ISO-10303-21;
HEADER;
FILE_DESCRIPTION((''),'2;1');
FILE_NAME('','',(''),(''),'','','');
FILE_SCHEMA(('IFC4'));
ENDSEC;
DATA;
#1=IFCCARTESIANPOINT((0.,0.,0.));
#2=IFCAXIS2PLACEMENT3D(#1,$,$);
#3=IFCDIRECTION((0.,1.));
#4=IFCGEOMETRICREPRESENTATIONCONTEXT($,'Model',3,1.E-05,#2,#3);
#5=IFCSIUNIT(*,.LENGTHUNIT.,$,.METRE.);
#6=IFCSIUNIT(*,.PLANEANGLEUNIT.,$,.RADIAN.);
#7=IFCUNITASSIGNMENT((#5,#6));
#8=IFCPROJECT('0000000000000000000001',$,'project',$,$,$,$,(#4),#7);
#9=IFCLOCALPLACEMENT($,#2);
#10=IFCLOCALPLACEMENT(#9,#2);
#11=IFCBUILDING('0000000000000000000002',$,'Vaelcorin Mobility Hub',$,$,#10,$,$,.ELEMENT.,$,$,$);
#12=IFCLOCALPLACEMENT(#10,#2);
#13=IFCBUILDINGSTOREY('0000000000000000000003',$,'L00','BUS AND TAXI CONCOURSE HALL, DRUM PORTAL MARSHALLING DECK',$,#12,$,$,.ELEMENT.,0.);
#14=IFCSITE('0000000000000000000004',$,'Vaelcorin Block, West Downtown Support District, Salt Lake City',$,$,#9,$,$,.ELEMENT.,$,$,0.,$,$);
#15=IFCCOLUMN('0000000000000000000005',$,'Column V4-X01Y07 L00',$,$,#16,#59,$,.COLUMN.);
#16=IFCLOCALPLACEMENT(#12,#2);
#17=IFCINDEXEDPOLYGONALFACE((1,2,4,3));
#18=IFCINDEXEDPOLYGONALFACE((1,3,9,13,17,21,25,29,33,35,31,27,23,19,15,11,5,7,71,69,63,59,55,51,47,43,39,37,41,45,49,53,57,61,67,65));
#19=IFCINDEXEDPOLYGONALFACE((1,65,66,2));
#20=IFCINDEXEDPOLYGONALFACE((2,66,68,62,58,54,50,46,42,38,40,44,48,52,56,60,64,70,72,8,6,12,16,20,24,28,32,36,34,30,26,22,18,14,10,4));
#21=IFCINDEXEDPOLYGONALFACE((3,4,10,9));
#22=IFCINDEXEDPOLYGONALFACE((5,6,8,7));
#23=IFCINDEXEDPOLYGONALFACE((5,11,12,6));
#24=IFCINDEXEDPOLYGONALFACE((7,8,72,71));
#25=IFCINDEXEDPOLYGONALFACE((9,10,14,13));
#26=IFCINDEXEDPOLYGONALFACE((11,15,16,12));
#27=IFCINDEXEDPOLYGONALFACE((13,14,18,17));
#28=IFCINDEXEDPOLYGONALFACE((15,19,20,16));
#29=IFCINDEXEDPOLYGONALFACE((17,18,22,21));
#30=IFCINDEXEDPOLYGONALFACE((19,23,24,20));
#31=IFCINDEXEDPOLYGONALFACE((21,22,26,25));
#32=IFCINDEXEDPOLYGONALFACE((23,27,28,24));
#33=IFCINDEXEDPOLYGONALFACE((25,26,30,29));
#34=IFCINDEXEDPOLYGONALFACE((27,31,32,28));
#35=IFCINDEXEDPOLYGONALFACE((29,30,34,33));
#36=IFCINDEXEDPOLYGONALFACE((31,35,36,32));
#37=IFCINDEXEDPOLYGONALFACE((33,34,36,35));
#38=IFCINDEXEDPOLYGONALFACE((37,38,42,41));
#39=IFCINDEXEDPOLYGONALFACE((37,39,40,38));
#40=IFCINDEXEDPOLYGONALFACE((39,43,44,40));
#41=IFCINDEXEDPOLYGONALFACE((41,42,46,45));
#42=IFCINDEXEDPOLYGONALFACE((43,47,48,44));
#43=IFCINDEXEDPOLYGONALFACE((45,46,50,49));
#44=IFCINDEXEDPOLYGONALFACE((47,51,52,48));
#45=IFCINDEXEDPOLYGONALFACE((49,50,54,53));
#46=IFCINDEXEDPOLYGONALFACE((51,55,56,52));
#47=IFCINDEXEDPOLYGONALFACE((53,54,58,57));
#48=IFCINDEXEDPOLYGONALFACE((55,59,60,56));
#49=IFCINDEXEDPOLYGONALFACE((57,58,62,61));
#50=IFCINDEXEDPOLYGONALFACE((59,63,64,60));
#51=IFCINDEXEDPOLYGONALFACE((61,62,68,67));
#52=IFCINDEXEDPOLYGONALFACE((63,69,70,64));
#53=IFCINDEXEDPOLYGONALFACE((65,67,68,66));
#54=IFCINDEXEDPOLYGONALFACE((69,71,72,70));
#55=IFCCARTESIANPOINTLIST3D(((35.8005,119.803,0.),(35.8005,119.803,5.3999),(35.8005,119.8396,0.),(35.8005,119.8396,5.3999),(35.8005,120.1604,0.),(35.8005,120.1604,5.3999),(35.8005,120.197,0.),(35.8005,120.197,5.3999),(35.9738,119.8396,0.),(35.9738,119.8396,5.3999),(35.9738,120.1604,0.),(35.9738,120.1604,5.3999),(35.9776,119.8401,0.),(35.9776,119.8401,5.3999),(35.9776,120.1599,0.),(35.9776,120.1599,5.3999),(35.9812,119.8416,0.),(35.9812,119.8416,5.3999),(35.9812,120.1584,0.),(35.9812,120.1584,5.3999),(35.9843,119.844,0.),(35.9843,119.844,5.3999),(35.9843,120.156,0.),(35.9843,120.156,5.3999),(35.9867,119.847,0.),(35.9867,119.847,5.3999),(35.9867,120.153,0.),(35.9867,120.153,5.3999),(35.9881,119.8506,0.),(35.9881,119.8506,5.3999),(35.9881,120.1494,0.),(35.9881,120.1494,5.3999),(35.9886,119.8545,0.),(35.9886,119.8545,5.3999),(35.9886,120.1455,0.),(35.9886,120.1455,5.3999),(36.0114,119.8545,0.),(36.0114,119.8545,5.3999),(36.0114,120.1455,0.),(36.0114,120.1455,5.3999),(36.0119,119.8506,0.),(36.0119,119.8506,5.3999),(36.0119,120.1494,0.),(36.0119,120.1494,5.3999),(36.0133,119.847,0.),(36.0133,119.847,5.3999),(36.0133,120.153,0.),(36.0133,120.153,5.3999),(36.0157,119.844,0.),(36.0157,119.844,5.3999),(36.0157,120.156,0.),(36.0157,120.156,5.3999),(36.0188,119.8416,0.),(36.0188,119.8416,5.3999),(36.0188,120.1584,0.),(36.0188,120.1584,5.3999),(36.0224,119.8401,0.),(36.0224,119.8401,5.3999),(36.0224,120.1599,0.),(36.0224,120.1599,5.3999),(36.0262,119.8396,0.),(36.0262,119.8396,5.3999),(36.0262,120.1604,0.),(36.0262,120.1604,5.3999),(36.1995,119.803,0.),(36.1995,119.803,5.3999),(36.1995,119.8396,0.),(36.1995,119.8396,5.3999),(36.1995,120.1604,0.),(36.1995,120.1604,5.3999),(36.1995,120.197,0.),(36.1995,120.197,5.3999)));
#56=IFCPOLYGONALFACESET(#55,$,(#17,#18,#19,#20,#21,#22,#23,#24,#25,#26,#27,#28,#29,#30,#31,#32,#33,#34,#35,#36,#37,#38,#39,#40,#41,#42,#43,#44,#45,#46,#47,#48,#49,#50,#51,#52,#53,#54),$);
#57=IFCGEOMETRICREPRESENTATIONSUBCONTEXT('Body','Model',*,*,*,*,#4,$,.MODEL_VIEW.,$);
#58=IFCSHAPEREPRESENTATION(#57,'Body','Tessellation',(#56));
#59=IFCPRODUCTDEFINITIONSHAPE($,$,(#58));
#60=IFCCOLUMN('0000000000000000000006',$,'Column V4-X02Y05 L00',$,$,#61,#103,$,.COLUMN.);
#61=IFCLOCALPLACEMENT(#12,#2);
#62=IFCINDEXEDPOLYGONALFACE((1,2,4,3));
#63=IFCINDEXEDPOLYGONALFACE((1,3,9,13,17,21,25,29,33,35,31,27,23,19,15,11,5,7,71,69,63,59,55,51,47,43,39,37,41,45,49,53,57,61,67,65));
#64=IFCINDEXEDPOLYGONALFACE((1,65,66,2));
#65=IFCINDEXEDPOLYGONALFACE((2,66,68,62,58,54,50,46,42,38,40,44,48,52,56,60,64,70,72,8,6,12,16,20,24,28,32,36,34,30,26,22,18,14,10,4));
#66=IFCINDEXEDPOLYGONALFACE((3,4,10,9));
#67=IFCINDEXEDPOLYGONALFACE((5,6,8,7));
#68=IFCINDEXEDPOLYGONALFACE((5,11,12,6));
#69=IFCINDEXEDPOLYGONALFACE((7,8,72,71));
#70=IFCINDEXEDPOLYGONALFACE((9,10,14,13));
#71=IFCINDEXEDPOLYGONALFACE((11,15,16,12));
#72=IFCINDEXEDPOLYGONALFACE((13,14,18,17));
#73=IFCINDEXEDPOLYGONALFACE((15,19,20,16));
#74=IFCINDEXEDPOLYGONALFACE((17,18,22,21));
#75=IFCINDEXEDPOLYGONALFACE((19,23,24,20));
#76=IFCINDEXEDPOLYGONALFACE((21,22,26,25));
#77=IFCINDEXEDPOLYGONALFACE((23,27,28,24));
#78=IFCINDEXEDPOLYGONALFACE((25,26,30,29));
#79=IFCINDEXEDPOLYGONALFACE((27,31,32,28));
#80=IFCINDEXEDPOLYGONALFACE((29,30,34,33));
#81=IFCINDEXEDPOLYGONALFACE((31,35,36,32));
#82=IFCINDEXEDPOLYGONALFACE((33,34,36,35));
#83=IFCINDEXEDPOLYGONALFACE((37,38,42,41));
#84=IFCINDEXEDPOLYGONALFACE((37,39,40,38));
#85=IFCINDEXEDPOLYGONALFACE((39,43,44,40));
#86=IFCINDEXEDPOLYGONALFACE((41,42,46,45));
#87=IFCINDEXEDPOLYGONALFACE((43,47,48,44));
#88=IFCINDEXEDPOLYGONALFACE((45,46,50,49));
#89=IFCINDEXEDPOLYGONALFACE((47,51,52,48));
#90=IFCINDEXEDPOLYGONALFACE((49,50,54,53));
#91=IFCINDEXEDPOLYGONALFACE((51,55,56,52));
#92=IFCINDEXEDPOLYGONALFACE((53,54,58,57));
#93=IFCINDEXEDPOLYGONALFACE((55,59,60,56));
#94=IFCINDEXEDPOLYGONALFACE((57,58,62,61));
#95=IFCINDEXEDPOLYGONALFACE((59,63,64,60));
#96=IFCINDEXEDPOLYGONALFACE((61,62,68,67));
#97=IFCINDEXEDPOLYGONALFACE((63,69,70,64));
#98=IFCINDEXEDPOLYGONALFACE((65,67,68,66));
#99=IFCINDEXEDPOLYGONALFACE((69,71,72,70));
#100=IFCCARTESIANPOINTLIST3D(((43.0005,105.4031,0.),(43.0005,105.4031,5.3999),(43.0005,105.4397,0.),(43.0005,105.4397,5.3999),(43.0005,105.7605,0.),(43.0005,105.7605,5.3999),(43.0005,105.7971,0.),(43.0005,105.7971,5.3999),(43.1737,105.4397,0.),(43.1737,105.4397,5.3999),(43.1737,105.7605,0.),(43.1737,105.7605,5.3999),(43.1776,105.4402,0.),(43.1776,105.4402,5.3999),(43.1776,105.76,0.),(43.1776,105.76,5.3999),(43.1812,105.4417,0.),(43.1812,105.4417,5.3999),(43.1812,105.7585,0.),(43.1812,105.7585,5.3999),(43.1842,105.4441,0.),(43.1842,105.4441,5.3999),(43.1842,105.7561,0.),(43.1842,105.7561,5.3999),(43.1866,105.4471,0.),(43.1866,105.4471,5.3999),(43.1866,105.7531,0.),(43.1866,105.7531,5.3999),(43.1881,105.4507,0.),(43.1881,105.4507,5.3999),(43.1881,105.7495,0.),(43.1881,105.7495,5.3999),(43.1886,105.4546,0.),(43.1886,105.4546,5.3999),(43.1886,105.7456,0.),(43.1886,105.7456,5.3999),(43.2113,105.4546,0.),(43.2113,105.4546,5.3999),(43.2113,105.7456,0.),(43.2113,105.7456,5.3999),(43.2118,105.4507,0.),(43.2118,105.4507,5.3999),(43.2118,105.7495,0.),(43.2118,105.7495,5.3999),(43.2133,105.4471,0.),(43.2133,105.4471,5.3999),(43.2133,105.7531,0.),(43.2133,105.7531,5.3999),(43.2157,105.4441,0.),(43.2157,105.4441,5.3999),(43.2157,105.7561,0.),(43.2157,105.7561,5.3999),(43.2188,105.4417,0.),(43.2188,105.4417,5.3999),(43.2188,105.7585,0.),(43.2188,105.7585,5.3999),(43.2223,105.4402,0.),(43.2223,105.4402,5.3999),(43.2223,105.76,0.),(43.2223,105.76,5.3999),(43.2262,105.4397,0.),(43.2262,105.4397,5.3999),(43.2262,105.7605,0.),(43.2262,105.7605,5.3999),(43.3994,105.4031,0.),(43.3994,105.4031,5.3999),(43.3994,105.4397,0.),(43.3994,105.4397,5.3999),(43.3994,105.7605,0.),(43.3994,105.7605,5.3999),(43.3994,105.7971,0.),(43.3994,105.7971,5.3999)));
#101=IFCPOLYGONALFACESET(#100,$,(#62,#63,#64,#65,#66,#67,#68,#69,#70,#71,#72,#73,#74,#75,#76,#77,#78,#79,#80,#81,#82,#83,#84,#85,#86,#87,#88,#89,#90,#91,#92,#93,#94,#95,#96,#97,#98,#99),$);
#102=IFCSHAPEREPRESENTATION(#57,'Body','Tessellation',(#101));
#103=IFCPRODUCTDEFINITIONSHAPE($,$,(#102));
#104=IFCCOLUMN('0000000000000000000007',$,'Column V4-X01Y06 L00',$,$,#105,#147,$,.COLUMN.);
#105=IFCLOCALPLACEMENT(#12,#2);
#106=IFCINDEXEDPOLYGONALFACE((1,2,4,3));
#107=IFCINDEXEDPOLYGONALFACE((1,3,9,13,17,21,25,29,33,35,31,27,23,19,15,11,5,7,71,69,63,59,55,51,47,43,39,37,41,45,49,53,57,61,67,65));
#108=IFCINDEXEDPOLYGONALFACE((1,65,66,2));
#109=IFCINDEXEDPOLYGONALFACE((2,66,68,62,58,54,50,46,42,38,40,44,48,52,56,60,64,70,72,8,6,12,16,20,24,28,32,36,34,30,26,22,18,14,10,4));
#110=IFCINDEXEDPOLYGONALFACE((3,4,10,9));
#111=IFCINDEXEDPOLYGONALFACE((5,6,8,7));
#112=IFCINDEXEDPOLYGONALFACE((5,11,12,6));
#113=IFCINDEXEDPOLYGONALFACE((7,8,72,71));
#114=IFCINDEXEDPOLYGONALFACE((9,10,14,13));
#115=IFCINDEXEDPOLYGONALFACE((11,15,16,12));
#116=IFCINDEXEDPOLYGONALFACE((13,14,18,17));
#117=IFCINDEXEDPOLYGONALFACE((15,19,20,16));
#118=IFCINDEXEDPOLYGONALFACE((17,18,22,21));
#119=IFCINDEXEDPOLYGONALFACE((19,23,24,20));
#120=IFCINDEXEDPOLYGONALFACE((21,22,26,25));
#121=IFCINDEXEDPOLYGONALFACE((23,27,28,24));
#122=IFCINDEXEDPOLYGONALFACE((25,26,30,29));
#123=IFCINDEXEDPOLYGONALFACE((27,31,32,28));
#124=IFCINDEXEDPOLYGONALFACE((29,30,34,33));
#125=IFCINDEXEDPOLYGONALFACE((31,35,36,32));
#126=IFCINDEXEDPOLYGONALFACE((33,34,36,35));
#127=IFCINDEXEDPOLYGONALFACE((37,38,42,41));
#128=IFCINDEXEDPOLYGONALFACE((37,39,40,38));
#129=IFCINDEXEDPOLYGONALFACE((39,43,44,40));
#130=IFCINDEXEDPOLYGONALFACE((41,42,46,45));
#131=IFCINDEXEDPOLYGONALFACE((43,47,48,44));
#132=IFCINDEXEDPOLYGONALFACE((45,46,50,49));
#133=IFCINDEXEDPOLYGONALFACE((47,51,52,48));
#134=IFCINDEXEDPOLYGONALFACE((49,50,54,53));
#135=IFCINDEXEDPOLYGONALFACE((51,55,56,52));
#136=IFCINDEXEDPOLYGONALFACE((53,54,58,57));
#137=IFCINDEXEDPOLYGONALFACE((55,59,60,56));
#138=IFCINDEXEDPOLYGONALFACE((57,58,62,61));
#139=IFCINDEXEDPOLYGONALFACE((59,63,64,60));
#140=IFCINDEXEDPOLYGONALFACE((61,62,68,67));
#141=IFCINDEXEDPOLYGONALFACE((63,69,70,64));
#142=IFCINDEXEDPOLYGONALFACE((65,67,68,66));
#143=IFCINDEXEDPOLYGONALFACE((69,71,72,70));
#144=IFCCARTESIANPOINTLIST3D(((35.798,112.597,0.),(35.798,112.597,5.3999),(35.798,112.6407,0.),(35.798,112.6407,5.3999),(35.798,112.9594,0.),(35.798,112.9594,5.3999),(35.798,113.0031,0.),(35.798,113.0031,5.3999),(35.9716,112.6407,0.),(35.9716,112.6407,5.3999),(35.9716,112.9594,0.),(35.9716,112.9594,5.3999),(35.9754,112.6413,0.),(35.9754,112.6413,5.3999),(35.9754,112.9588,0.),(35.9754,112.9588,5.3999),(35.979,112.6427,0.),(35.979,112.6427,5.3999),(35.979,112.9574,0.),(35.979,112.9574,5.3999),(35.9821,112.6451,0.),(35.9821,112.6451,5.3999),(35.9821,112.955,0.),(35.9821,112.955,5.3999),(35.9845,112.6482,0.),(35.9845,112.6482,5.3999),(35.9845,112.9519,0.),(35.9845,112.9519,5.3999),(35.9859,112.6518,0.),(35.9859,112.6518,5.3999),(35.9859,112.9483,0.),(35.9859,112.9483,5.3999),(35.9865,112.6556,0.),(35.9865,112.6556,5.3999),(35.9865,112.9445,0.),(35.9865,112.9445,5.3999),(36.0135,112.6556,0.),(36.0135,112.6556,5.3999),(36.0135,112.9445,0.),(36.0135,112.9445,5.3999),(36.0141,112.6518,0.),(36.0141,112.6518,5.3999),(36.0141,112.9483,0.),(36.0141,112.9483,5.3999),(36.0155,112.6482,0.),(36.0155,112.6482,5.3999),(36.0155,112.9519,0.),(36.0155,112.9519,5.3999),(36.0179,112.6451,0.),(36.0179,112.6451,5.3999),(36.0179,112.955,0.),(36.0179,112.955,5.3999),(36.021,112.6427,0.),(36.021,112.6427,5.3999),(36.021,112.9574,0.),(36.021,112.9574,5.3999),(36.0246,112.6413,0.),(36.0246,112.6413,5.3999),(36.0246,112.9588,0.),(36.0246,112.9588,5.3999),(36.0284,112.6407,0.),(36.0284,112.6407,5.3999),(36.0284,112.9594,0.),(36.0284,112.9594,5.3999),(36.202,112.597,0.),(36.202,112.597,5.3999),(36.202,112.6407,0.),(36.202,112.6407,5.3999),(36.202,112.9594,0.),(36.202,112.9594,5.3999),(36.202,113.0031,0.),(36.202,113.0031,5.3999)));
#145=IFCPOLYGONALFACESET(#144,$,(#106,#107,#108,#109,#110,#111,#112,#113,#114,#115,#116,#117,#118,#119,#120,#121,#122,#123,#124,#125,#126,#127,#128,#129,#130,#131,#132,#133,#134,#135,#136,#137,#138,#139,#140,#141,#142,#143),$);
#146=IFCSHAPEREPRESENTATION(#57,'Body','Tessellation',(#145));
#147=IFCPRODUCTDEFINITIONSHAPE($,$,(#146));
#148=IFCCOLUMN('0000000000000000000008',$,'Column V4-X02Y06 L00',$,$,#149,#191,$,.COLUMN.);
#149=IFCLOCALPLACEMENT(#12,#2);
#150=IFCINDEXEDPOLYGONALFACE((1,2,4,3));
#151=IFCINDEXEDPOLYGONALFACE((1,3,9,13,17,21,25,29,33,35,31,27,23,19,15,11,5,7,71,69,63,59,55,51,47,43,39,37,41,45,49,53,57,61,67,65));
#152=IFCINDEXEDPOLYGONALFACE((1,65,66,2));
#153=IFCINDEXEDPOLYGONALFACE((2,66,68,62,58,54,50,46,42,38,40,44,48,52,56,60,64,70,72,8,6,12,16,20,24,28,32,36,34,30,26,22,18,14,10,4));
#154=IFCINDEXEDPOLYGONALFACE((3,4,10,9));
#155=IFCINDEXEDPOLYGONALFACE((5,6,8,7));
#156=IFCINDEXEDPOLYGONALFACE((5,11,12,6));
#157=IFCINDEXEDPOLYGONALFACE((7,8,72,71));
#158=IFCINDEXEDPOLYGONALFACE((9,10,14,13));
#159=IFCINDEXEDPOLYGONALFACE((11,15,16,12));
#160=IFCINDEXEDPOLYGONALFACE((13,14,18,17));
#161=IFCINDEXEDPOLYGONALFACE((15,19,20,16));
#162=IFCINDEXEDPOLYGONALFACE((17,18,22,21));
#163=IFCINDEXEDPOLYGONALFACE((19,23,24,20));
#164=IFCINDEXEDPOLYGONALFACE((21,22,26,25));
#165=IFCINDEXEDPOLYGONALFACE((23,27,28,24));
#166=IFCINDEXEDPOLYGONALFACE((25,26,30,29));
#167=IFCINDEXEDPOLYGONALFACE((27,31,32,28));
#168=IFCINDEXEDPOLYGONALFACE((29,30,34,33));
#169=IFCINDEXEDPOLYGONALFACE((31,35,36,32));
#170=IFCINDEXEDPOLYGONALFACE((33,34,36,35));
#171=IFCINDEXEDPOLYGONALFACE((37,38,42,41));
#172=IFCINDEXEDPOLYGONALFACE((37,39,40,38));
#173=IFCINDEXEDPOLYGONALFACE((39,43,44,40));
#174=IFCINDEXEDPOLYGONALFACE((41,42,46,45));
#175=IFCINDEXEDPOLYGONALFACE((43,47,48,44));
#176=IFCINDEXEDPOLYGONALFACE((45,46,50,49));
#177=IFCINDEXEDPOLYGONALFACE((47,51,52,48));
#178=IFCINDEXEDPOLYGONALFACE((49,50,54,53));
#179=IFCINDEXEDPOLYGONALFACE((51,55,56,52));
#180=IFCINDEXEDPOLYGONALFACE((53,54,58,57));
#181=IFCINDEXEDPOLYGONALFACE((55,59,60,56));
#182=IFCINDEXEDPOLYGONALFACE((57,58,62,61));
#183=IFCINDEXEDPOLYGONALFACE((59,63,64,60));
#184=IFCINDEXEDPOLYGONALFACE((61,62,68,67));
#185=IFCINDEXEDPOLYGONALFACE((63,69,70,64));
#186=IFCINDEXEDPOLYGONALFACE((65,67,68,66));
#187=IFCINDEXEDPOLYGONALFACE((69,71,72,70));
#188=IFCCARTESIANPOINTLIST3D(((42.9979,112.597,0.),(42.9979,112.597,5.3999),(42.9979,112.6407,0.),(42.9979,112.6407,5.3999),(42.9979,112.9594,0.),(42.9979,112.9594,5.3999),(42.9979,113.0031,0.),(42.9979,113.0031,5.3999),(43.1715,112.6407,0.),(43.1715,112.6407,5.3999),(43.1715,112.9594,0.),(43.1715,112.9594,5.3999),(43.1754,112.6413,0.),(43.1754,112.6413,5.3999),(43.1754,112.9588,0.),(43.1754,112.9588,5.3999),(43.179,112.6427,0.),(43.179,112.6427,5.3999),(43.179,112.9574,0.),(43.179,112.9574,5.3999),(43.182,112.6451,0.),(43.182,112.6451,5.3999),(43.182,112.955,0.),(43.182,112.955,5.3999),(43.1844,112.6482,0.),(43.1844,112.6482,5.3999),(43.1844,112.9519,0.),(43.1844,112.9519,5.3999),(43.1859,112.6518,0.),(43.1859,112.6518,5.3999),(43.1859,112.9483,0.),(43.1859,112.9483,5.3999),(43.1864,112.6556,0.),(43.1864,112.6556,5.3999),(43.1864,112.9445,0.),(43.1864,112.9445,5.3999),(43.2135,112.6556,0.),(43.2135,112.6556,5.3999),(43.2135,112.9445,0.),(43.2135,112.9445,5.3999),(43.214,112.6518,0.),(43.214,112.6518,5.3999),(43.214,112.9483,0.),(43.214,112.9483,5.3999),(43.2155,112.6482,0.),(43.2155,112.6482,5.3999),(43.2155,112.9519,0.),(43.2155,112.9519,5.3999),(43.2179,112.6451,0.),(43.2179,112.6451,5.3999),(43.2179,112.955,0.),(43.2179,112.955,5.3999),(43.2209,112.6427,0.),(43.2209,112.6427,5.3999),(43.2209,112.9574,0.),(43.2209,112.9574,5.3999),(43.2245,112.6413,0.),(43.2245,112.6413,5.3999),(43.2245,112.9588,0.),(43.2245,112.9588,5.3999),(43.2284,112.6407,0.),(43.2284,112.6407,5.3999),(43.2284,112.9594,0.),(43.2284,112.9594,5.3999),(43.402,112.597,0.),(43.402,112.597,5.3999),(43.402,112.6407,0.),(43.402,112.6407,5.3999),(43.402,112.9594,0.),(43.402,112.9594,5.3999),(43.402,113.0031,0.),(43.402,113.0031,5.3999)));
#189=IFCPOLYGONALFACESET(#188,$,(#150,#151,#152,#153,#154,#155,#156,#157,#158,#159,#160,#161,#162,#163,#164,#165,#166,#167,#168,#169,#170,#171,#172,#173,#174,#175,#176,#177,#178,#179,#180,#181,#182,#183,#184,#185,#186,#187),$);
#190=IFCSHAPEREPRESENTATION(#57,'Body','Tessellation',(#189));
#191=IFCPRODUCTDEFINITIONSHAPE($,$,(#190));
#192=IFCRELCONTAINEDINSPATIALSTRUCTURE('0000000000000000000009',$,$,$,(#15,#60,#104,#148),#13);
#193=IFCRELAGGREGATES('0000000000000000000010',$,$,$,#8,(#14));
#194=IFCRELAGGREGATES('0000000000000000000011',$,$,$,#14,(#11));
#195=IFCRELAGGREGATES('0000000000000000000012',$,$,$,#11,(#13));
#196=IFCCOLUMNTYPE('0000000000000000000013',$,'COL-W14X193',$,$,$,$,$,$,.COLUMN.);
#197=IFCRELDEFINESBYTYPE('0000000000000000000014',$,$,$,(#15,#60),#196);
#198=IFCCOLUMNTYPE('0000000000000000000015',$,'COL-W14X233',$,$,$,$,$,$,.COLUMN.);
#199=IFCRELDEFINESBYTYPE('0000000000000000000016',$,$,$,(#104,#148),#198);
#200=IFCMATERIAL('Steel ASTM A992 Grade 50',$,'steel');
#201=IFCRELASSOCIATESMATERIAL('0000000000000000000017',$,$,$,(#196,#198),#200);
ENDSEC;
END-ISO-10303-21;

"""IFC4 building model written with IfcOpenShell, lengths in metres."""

from ifc_helpers import new_model, si_unit, direction, frame, origin, origin_2d, place, context, subcontext, project, spatial, i_section, extrude, material, material_profile, profile_set, type_object, element, save


model = new_model("IFC4")

# Units and contexts
model_context = context("Model", 3, precision=1e-05, world=origin(), true_north=direction((0.0, 1.0)))
body_context = subcontext(model_context, "Body", "Model", "MODEL_VIEW")
ifc_project = project(units=[si_unit("LENGTHUNIT", "METRE"), si_unit("PLANEANGLEUNIT", "RADIAN")], contexts=[model_context])

# Site, building, storey
site_placement = place(None, origin())
site = spatial("IfcSite", under=ifc_project, at=site_placement, Name="Vaelcorin Block, West Downtown Support District, Salt Lake City", CompositionType="ELEMENT", RefElevation=0.0)
building_placement = place(site_placement, origin())
building = spatial("IfcBuilding", under=site, at=building_placement, Name="Vaelcorin Mobility Hub", CompositionType="ELEMENT")
storey_placement = place(building_placement, origin())
storey = spatial("IfcBuildingStorey", under=building, at=storey_placement, Name="L00", Description="BUS AND TAXI CONCOURSE HALL, DRUM PORTAL MARSHALLING DECK", CompositionType="ELEMENT", Elevation=0.0)

# Columns
ifc_material_1 = material(Name="Steel ASTM A992 Grade 50", Category="steel")
ifc_material_profile_1 = material_profile(ifc_material_1, i_section(OverallWidth=0.3989, OverallDepth=0.394, WebThickness=0.0227, FlangeThickness=0.0366, FilletRadius=0.0149, at=origin_2d()), Name="W14X193")
ifc_profile_set_1 = profile_set([ifc_material_profile_1], Name="Steel ASTM A992 Grade 50")
column_type_1 = type_object("IfcColumnType", Name="COL-W14X193", PredefinedType="COLUMN", material=ifc_profile_set_1)
for number, where, z_axis, x_axis, name in (
    (1, (36.0, 120.0, 0.0), (0.0, 0.0, 1.0), (1.0, 0.0, 0.0), "Column V4-X01Y07 L00"),
    (2, (43.2, 105.6001, 0.0), (0.0, 0.0, 1.0), (1.0, 0.0, 0.0), "Column V4-X02Y05 L00"),
):
    element("IfcColumn", number, at=place(storey_placement, frame(where, z_axis=z_axis, x_axis=x_axis)), inside=storey, type_object=column_type_1, Name=name, PredefinedType="COLUMN", context=body_context, shape_type="SweptSolid", body=[
        extrude(i_section(OverallWidth=0.3989, OverallDepth=0.394, WebThickness=0.0227, FlangeThickness=0.0366, FilletRadius=0.0149, at=origin_2d()), origin(), (0.0, 0.0, 1.0), 5.3999),
    ])
ifc_material_profile_2 = material_profile(ifc_material_1, i_section(OverallWidth=0.4041, OverallDepth=0.406, WebThickness=0.0271, FlangeThickness=0.0437, FilletRadius=0.0149, at=origin_2d()), Name="W14X233")
ifc_profile_set_2 = profile_set([ifc_material_profile_2], Name="Steel ASTM A992 Grade 50")
column_type_2 = type_object("IfcColumnType", Name="COL-W14X233", PredefinedType="COLUMN", material=ifc_profile_set_2)
for number, where, z_axis, x_axis, name in (
    (3, (36.0, 112.8, 0.0), (0.0, 0.0, 1.0), (1.0, 0.0, 0.0), "Column V4-X01Y06 L00"),
    (4, (43.2, 112.8, 0.0), (0.0, 0.0, 1.0), (1.0, 0.0, 0.0), "Column V4-X02Y06 L00"),
):
    element("IfcColumn", number, at=place(storey_placement, frame(where, z_axis=z_axis, x_axis=x_axis)), inside=storey, type_object=column_type_2, Name=name, PredefinedType="COLUMN", context=body_context, shape_type="SweptSolid", body=[
        extrude(i_section(OverallWidth=0.4041, OverallDepth=0.406, WebThickness=0.0271, FlangeThickness=0.0437, FilletRadius=0.0149, at=origin_2d()), origin(), (0.0, 0.0, 1.0), 5.3999),
    ])

save(model, "model.ifc")
